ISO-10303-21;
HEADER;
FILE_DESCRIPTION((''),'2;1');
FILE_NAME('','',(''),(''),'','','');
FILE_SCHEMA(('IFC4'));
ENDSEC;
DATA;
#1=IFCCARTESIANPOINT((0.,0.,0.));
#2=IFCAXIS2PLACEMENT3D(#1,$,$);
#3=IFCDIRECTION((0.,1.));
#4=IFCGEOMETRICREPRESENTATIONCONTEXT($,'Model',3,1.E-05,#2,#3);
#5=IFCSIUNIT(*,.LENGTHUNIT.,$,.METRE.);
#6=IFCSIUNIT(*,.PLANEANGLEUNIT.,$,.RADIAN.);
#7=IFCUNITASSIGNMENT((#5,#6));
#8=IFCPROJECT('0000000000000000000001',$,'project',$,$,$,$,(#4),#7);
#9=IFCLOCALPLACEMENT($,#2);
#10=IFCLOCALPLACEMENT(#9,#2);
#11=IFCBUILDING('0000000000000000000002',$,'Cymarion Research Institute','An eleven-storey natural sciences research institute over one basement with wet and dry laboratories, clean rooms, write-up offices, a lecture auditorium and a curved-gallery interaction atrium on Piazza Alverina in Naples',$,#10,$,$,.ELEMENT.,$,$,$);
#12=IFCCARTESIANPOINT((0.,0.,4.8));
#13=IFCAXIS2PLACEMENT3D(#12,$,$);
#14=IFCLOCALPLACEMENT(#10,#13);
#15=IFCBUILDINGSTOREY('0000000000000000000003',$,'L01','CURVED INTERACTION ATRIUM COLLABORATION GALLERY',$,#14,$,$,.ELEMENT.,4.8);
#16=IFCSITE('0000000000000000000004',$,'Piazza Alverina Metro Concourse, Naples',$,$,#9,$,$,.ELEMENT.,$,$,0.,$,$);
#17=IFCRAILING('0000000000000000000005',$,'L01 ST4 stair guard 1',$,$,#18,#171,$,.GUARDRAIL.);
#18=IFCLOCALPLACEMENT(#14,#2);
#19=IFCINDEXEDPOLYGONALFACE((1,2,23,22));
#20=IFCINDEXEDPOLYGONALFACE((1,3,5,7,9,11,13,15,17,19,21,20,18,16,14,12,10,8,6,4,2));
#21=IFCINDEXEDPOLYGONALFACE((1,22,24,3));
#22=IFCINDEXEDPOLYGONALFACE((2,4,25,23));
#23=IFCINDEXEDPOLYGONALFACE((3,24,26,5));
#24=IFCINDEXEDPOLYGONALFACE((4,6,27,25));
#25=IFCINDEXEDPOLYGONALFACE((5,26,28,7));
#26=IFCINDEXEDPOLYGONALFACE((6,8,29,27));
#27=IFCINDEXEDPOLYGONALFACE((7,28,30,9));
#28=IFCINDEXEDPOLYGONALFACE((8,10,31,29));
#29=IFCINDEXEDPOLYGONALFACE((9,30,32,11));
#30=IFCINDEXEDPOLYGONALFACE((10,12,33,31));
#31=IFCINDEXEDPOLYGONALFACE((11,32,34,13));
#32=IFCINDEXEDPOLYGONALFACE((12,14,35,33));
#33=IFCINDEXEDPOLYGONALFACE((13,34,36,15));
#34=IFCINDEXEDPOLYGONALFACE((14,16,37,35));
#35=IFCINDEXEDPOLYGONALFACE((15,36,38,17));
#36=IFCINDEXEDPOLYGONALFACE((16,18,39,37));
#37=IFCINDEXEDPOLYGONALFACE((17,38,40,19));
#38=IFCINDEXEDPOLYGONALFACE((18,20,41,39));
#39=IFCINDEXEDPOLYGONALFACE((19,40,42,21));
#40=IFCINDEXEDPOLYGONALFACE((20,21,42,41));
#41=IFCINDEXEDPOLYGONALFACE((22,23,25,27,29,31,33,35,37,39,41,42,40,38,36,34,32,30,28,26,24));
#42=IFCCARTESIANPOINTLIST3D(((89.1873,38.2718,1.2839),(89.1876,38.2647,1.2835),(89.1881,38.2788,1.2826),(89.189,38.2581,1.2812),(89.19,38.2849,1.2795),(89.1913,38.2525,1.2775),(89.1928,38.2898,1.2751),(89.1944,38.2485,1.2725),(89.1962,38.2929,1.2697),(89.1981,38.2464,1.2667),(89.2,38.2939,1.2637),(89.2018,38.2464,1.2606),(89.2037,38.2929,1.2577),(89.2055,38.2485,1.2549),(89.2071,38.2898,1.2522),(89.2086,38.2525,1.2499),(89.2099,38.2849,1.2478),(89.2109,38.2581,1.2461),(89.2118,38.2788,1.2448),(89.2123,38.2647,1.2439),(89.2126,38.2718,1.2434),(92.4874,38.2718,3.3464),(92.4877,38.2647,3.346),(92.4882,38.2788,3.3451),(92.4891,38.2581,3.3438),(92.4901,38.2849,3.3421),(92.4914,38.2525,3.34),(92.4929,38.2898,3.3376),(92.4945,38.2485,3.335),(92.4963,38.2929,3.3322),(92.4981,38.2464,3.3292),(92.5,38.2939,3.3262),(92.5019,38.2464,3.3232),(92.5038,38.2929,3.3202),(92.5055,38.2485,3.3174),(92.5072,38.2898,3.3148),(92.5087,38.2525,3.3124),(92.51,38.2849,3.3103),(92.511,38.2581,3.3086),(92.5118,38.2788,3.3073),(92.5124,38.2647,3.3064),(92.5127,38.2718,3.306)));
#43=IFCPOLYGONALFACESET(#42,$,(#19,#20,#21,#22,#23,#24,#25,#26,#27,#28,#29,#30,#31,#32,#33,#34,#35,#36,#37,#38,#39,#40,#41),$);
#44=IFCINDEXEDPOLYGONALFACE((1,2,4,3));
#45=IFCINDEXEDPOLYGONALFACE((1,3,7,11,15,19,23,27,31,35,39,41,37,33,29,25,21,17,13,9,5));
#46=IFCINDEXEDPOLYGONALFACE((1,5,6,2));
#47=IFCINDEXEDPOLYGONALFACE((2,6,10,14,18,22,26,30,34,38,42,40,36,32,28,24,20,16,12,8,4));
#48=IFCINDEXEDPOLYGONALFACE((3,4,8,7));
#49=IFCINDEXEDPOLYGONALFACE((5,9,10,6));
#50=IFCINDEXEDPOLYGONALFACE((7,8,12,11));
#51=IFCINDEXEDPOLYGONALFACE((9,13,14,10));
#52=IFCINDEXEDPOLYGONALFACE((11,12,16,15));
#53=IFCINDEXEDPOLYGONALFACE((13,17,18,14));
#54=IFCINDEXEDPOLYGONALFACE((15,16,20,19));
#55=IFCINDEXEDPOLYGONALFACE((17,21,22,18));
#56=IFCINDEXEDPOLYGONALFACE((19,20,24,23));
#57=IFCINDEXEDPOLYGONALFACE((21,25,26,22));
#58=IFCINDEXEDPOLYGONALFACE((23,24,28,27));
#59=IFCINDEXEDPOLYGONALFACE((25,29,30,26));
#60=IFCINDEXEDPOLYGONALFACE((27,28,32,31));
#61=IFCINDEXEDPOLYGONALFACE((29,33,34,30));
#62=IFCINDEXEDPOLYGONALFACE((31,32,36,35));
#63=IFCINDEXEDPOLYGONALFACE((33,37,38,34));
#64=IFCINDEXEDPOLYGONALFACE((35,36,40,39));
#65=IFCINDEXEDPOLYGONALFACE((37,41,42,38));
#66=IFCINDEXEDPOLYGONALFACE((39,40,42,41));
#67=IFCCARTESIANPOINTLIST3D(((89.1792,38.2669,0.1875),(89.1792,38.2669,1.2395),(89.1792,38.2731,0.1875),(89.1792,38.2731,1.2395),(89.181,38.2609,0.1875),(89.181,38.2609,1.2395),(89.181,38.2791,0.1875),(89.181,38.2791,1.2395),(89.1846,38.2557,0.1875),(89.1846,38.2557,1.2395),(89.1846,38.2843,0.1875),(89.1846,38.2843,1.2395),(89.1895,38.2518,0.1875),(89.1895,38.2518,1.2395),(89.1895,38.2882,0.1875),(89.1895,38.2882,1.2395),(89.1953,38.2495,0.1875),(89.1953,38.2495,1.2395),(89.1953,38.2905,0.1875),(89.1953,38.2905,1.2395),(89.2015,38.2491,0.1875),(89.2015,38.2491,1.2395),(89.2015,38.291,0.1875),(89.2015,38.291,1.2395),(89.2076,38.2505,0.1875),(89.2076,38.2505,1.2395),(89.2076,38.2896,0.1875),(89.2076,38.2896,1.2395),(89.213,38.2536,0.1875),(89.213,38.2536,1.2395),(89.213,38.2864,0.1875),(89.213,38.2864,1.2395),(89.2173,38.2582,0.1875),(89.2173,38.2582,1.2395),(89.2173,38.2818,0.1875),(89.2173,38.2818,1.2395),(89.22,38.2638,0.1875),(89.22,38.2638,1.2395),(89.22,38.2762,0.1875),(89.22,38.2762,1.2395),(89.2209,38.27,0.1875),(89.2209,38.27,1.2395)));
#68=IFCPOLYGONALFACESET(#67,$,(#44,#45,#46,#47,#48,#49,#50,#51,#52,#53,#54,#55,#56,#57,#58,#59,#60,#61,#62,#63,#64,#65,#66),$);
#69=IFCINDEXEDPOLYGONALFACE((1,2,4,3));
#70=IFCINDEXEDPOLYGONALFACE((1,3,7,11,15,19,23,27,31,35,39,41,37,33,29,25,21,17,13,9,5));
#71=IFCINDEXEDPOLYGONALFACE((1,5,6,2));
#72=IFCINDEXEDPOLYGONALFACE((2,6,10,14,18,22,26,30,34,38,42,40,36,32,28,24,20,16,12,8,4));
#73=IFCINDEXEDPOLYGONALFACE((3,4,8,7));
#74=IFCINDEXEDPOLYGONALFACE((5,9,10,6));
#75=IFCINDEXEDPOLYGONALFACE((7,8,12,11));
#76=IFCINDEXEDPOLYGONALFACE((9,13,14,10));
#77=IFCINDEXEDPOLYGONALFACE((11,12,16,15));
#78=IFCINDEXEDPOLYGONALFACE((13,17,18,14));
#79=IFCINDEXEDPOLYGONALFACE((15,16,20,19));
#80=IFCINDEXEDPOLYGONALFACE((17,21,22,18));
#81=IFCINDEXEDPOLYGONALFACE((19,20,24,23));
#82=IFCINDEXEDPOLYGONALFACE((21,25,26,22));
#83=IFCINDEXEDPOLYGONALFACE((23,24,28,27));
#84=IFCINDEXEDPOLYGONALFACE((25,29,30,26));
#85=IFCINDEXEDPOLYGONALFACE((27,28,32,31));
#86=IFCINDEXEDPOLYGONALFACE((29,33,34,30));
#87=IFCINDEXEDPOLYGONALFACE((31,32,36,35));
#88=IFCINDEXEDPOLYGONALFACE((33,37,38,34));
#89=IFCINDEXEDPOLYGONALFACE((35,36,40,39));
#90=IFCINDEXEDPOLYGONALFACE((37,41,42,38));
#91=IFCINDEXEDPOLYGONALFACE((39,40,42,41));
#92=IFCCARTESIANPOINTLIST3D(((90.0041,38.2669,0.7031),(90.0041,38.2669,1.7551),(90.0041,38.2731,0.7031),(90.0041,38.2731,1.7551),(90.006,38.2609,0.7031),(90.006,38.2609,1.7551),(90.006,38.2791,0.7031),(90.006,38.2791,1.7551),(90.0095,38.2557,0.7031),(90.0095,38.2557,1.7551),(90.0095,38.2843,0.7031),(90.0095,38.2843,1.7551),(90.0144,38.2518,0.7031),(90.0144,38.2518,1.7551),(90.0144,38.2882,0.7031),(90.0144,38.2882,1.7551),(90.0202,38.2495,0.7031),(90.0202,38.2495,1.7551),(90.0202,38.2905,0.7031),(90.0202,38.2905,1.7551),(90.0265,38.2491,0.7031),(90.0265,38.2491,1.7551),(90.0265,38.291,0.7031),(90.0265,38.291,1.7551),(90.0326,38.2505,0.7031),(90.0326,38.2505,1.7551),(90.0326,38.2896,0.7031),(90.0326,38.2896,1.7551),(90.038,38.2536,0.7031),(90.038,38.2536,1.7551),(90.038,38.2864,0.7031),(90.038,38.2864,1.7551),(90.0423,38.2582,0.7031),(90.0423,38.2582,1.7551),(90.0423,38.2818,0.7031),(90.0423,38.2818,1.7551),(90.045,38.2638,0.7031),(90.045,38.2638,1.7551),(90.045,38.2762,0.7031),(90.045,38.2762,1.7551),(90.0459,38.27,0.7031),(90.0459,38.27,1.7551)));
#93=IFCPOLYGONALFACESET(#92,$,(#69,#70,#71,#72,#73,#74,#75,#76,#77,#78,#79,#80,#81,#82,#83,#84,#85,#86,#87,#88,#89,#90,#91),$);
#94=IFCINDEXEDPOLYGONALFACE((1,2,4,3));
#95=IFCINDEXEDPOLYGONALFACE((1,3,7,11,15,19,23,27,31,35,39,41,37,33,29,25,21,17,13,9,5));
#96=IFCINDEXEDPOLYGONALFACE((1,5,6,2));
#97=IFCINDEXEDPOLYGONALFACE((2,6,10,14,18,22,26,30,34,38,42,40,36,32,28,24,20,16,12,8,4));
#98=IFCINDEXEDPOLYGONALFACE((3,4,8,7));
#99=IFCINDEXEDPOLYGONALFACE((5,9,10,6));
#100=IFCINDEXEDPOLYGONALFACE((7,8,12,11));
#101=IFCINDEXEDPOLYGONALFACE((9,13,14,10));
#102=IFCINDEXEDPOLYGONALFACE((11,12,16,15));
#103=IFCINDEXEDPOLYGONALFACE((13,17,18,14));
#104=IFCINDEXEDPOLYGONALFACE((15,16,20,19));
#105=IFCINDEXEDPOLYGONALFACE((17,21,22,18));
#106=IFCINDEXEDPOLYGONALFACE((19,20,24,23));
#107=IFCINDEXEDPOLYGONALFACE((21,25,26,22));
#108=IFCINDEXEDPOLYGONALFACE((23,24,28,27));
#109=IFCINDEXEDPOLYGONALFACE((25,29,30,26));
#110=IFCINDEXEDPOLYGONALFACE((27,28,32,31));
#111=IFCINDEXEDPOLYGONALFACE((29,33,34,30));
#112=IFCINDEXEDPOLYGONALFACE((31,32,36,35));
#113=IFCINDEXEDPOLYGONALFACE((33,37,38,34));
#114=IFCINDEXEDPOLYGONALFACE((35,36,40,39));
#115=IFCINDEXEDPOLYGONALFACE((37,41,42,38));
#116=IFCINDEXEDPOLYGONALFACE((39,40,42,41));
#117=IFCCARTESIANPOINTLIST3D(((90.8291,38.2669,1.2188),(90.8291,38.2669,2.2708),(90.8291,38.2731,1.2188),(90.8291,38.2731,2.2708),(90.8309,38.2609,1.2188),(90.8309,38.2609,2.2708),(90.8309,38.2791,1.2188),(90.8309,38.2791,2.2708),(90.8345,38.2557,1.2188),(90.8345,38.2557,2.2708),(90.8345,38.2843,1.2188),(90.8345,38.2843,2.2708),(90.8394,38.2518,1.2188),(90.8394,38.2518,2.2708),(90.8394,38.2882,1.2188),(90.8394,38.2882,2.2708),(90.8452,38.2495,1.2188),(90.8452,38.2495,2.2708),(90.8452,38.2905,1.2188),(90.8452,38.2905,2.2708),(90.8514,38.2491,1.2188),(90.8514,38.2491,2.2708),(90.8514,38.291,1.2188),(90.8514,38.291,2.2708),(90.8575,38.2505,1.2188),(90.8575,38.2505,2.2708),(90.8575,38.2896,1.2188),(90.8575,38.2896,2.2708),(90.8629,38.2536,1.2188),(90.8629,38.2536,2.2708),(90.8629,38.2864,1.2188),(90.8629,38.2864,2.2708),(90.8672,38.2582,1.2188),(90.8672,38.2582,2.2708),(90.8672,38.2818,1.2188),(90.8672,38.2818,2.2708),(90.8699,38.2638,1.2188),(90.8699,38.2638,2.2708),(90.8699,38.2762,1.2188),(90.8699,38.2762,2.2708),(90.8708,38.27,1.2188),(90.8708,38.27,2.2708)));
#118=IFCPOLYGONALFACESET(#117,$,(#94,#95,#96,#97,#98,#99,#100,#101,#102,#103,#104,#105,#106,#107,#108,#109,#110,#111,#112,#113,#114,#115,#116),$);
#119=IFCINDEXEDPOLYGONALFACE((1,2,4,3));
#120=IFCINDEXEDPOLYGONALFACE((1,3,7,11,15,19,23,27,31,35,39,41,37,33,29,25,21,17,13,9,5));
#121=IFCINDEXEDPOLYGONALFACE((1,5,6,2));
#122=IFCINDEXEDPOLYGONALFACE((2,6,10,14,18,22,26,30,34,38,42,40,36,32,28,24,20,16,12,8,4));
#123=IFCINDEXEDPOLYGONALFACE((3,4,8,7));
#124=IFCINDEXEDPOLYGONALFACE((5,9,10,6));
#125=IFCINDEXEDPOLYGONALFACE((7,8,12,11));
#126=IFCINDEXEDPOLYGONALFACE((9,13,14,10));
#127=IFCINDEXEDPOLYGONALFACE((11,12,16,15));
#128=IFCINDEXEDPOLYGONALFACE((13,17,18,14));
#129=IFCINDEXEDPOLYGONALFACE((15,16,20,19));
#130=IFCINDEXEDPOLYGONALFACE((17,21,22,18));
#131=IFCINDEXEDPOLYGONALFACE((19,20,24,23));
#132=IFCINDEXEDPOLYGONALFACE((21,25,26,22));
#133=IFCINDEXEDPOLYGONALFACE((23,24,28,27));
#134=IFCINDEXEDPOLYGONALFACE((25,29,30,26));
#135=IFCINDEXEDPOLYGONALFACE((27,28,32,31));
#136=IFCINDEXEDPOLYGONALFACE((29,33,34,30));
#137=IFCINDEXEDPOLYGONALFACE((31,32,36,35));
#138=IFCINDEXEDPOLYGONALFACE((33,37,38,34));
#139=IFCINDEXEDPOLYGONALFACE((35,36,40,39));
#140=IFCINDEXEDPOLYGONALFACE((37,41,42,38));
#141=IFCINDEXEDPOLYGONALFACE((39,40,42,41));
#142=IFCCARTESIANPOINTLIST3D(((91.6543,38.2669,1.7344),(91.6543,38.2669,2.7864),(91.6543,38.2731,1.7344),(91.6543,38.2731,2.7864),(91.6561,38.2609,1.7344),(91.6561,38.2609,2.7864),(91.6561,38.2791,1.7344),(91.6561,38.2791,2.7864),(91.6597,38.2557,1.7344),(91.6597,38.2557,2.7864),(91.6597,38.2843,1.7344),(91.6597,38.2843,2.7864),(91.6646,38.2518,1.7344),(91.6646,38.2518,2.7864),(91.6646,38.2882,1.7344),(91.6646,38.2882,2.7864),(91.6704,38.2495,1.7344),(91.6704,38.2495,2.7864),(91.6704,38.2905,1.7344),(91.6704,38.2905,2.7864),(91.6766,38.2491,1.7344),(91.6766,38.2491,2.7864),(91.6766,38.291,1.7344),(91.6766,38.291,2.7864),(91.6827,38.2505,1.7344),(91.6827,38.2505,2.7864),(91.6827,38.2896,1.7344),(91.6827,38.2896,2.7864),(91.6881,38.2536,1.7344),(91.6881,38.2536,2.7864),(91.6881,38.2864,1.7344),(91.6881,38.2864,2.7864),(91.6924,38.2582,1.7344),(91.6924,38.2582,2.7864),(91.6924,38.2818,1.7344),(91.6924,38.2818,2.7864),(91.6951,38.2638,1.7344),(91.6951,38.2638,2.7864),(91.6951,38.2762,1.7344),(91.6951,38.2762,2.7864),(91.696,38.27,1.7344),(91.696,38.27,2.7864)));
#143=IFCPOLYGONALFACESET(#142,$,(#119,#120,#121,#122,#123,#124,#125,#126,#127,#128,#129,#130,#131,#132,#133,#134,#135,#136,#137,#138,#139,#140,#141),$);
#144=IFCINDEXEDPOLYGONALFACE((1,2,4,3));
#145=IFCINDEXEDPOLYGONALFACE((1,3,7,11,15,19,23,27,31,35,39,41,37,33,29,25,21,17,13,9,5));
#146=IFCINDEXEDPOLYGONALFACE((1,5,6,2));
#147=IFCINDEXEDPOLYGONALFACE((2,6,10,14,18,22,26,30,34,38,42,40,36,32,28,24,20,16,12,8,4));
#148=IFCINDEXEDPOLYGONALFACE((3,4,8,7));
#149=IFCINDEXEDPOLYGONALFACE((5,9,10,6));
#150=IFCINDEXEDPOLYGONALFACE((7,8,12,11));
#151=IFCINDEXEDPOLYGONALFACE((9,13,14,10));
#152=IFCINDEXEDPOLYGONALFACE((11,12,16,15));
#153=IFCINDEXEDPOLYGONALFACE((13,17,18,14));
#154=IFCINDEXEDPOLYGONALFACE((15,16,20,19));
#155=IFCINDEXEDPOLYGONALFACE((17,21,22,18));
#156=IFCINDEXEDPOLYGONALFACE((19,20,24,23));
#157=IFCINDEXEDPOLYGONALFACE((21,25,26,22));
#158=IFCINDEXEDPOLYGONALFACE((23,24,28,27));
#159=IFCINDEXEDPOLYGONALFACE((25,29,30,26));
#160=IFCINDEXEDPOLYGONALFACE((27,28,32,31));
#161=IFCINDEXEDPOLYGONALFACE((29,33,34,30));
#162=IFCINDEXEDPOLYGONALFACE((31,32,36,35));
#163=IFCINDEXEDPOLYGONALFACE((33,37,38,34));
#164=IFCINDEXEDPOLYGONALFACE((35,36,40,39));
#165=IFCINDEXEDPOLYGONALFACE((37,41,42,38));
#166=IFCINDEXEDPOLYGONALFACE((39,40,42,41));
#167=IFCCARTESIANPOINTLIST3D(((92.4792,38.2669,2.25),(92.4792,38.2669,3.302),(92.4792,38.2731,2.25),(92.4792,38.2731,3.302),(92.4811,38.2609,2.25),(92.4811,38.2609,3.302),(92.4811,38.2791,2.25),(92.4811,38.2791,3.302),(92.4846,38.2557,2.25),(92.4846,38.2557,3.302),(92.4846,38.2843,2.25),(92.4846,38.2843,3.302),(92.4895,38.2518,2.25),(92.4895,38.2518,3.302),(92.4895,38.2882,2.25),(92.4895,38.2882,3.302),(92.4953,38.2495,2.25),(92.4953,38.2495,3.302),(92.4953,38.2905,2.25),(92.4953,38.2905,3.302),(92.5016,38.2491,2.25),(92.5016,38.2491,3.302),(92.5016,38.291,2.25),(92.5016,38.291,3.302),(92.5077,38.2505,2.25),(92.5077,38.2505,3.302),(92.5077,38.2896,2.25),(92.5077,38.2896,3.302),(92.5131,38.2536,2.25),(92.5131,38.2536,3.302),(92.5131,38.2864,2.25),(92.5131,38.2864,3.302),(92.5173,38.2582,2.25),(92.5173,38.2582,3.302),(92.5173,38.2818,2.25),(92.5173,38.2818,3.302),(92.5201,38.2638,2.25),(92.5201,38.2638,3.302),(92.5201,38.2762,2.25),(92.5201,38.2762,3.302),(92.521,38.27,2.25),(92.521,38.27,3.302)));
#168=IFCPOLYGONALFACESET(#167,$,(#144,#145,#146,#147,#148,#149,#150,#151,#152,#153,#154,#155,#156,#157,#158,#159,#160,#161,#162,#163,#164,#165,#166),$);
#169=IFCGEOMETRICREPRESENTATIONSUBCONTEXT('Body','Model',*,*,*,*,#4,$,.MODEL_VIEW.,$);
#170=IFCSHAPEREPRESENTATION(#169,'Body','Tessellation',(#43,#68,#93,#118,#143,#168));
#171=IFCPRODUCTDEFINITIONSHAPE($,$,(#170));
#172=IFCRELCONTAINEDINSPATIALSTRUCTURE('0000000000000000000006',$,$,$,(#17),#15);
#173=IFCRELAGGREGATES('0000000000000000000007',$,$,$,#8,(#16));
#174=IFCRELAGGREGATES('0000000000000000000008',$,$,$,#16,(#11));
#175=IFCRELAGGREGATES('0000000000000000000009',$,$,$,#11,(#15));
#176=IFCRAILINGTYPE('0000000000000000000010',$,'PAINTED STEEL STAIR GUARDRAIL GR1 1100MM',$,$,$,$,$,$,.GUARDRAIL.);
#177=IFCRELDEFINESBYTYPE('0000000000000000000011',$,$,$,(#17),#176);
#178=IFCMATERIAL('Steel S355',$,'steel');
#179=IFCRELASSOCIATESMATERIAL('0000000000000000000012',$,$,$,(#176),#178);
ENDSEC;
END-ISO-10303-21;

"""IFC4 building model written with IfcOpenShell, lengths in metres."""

from ifc_helpers import new_model, si_unit, direction, frame, origin, origin_2d, place, context, subcontext, project, spatial, circle, extrude, material, type_object, element, save


model = new_model("IFC4")

# Units and contexts
model_context = context("Model", 3, precision=1e-05, world=origin(), true_north=direction((0.0, 1.0)))
body_context = subcontext(model_context, "Body", "Model", "MODEL_VIEW")
ifc_project = project(units=[si_unit("LENGTHUNIT", "METRE"), si_unit("PLANEANGLEUNIT", "RADIAN")], contexts=[model_context])

# Site, building, storey
site_placement = place(None, origin())
site = spatial("IfcSite", under=ifc_project, at=site_placement, Name="Piazza Alverina Metro Concourse, Naples", CompositionType="ELEMENT", RefElevation=0.0)
building_placement = place(site_placement, origin())
building = spatial("IfcBuilding", under=site, at=building_placement, Name="Cymarion Research Institute", Description="An eleven-storey natural sciences research institute over one basement with wet and dry laboratories, clean rooms, write-up offices, a lecture auditorium and a curved-gallery interaction atrium on Piazza Alverina in Naples", CompositionType="ELEMENT")
storey_placement = place(building_placement, frame((0.0, 0.0, 4.8)))
storey = spatial("IfcBuildingStorey", under=building, at=storey_placement, Name="L01", Description="CURVED INTERACTION ATRIUM COLLABORATION GALLERY", CompositionType="ELEMENT", Elevation=4.8)

# Shared definitions
ifc_material_1 = material(Name="Steel S355", Category="steel")

# Railing
railing_type_1 = type_object("IfcRailingType", Name="PAINTED STEEL STAIR GUARDRAIL GR1 1100MM", PredefinedType="GUARDRAIL", material=ifc_material_1)
railing_1_placement = place(storey_placement, frame((89.2, 38.27, 0.1875)))
element("IfcRailing", 1, at=railing_1_placement, inside=storey, type_object=railing_type_1, Name="L01 ST4 stair guard 1", PredefinedType="GUARDRAIL", context=body_context, shape_type="SweptSolid", body=[
    extrude(circle(Radius=0.0239, at=origin_2d()), frame((0.0, 0.0, 1.0762), z_axis=(0.848002, 0.0, 0.529993), x_axis=(0.0, 1.0, 0.0)), (0.0, 0.0, 1.0), 3.8916),
    extrude(circle(Radius=0.021, at=origin_2d()), origin(), (0.0, 0.0, 1.0), 1.052),
    extrude(circle(Radius=0.021, at=origin_2d()), frame((0.825, 0.0, 0.5156)), (0.0, 0.0, 1.0), 1.052),
    extrude(circle(Radius=0.021, at=origin_2d()), frame((1.6499, 0.0, 1.0312)), (0.0, 0.0, 1.0), 1.052),
    extrude(circle(Radius=0.021, at=origin_2d()), frame((2.4751, 0.0, 1.5469)), (0.0, 0.0, 1.0), 1.052),
    extrude(circle(Radius=0.021, at=origin_2d()), frame((3.3, 0.0, 2.0625)), (0.0, 0.0, 1.0), 1.052),
])

save(model, "model.ifc")
